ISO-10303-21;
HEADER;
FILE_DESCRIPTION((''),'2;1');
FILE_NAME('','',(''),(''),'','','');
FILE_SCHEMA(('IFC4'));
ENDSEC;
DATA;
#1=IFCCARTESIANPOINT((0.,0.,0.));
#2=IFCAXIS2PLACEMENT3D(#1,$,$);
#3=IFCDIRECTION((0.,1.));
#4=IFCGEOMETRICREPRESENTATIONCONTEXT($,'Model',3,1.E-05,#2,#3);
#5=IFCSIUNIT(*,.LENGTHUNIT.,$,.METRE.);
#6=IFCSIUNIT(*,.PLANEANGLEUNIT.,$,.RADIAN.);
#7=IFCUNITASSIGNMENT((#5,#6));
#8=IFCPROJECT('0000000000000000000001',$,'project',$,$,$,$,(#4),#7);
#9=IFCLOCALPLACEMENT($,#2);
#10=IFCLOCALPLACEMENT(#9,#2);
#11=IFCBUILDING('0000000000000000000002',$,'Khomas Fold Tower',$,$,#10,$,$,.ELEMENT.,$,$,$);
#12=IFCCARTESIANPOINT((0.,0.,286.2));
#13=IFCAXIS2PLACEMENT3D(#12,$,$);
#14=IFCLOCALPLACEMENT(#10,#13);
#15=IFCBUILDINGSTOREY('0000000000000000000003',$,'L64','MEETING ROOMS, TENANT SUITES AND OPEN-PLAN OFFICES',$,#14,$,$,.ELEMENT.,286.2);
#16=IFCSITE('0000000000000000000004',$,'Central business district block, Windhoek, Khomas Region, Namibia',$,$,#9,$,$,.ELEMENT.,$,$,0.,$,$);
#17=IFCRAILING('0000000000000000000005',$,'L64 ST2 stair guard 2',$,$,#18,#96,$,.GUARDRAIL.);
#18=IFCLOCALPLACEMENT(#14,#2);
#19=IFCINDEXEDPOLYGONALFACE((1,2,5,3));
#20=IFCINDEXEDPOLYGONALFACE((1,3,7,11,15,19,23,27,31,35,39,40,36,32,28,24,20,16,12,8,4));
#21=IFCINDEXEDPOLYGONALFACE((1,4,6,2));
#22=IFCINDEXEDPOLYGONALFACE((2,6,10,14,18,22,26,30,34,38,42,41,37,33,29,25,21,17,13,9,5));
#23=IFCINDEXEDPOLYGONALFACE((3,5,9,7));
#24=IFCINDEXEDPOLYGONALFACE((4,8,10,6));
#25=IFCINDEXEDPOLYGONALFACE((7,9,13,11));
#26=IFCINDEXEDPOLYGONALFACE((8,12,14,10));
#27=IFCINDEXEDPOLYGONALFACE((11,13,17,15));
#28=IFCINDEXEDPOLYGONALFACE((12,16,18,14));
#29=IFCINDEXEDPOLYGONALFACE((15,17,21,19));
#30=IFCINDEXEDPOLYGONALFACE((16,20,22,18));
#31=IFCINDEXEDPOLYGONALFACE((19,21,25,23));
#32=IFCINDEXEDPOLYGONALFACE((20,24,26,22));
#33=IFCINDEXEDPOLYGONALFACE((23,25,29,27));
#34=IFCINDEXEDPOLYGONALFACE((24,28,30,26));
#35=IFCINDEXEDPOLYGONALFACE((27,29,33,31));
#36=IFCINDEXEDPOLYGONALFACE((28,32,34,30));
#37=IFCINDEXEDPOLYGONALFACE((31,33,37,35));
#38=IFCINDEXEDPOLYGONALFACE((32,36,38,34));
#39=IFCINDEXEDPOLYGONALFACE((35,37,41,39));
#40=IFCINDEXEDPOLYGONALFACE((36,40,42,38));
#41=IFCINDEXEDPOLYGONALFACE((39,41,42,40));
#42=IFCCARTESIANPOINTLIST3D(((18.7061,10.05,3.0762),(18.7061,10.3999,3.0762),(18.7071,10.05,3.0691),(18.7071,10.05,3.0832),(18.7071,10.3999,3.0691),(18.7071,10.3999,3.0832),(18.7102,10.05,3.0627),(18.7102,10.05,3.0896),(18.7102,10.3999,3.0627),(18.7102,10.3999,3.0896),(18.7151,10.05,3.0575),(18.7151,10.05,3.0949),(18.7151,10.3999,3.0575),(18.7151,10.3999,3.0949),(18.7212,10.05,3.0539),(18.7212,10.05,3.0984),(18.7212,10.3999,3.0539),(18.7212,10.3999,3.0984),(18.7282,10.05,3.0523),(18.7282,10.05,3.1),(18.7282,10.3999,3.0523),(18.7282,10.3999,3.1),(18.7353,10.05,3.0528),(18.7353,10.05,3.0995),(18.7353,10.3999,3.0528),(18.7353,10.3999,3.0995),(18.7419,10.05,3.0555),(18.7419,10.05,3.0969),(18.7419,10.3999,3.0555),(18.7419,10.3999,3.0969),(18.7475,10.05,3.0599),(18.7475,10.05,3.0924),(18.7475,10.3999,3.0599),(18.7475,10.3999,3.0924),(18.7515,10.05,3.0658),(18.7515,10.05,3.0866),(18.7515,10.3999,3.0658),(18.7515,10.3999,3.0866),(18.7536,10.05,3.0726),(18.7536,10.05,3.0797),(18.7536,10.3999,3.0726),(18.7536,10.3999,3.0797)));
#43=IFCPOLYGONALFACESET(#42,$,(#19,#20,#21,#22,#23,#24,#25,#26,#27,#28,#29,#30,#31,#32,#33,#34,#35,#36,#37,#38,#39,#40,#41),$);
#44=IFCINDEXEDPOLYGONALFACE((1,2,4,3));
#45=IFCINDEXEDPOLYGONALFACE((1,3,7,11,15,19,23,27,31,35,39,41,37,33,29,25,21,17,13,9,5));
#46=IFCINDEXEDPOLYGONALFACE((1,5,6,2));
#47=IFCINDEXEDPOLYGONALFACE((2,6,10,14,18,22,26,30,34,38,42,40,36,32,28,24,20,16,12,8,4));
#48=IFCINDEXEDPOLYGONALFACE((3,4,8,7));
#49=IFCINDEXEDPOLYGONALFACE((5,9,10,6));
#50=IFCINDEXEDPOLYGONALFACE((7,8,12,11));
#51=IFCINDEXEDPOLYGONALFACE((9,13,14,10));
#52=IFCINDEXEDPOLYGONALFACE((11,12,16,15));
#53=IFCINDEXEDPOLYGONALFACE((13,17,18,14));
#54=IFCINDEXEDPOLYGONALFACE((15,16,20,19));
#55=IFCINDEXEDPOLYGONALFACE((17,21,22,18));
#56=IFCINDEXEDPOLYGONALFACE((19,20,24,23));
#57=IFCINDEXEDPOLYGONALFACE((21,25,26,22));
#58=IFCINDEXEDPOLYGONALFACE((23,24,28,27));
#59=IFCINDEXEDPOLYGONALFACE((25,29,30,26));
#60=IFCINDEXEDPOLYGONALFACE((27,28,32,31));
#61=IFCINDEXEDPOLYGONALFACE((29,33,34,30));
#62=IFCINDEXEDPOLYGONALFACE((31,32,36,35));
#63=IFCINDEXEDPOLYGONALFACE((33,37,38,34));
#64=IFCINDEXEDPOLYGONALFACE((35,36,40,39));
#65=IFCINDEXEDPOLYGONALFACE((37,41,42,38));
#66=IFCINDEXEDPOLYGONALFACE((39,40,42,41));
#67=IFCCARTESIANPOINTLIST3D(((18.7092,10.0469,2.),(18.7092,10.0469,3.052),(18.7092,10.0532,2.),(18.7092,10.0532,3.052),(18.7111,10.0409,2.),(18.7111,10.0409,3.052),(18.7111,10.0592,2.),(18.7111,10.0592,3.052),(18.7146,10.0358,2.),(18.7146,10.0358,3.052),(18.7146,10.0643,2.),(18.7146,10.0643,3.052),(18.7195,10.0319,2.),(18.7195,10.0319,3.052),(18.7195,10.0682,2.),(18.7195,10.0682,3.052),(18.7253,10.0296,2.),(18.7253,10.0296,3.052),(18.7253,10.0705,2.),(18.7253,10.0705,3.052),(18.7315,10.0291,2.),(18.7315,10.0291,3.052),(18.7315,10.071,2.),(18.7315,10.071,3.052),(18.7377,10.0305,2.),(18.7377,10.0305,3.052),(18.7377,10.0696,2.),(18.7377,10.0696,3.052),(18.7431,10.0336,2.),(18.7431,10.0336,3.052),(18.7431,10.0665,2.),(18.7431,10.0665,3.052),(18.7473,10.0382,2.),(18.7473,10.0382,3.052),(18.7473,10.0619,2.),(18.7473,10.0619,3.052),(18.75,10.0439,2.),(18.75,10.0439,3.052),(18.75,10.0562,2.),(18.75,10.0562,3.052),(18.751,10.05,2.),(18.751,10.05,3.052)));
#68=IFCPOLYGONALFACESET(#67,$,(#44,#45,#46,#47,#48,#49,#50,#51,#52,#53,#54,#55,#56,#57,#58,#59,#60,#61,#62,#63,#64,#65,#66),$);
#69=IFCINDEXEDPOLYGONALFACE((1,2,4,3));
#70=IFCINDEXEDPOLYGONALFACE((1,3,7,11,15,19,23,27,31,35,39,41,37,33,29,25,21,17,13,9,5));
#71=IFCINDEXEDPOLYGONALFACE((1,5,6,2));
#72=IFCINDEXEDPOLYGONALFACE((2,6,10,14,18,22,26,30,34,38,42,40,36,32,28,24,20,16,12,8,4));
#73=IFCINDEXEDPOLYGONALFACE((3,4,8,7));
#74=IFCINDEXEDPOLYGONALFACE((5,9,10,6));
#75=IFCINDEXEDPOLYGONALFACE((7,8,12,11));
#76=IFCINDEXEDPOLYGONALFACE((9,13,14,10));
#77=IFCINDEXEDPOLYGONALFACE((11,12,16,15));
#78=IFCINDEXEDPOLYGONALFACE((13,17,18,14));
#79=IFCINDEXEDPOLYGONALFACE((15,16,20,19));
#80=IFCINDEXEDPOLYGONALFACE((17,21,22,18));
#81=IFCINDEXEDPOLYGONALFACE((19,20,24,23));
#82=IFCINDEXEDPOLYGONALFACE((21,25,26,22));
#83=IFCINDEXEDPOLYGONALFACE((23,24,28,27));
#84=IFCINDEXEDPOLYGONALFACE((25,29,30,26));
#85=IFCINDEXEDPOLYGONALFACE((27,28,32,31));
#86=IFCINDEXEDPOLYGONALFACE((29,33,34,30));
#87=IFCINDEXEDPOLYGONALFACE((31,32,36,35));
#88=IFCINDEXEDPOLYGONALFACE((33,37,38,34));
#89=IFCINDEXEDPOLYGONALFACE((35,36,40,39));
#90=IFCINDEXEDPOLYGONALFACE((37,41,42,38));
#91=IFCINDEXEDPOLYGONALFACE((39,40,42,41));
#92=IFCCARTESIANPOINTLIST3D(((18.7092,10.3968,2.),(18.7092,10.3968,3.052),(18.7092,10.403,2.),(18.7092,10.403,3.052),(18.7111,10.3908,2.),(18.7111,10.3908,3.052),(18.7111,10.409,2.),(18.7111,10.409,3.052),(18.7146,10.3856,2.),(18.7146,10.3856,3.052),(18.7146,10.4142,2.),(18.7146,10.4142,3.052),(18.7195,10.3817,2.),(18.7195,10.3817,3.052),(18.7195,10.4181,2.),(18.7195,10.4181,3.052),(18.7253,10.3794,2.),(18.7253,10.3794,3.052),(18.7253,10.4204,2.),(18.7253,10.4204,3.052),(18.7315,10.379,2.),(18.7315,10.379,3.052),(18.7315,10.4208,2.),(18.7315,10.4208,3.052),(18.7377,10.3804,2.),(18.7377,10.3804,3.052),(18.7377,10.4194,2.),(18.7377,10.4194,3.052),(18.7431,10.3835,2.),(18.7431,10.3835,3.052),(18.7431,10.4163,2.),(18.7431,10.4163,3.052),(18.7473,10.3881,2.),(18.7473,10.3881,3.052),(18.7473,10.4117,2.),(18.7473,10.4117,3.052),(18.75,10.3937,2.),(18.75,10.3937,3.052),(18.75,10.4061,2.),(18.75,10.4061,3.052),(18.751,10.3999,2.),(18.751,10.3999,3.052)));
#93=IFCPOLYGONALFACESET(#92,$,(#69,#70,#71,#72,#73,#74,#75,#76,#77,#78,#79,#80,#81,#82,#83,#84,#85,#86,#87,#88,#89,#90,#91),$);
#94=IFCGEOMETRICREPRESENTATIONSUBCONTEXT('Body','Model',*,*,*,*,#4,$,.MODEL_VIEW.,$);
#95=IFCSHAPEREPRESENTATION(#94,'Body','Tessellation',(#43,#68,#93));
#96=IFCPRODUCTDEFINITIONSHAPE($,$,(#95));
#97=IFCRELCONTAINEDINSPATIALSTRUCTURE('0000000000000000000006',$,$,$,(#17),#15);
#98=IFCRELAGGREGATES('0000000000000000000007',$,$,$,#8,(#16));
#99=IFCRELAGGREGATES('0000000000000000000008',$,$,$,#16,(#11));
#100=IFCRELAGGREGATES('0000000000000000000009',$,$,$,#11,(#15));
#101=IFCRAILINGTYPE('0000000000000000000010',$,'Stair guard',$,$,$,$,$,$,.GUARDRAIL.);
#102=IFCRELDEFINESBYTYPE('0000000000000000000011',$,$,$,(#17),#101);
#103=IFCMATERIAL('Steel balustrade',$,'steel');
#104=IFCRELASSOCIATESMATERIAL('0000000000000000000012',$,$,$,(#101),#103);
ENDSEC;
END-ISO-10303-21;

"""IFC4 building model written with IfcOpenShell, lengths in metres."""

from ifc_helpers import new_model, si_unit, direction, frame, origin, origin_2d, place, context, subcontext, project, spatial, circle, extrude, source, transform, mapped, material, type_object, element, save


model = new_model("IFC4")

# Units and contexts
model_context = context("Model", 3, precision=1e-05, world=origin(), true_north=direction((0.0, 1.0)))
body_context = subcontext(model_context, "Body", "Model", "MODEL_VIEW")
ifc_project = project(units=[si_unit("LENGTHUNIT", "METRE"), si_unit("PLANEANGLEUNIT", "RADIAN")], contexts=[model_context])

# Site, building, storey
site_placement = place(None, origin())
site = spatial("IfcSite", under=ifc_project, at=site_placement, Name="Central business district block, Windhoek, Khomas Region, Namibia", CompositionType="ELEMENT", RefElevation=0.0)
building_placement = place(site_placement, origin())
building = spatial("IfcBuilding", under=site, at=building_placement, Name="Khomas Fold Tower", CompositionType="ELEMENT")
storey_placement = place(building_placement, frame((0.0, 0.0, 286.2)))
storey = spatial("IfcBuildingStorey", under=building, at=storey_placement, Name="L64", Description="MEETING ROOMS, TENANT SUITES AND OPEN-PLAN OFFICES", CompositionType="ELEMENT", Elevation=286.2)

# Railing
ifc_material_1 = material(Name="Steel balustrade", Category="steel")
railing_type_1 = type_object("IfcRailingType", Name="Stair guard", PredefinedType="GUARDRAIL", material=ifc_material_1)
shared_shape_1 = source(origin(), body_context, "Body", "SweptSolid", [
    extrude(circle(Radius=0.0239, at=origin_2d()), frame((0.0, 0.0, 1.0762), z_axis=(0.0, 1.0, 0.0), x_axis=(-1.0, 0.0, 0.0)), (0.0, 0.0, 1.0), 0.3499),
    extrude(circle(Radius=0.021, at=origin_2d()), origin(), (0.0, 0.0, 1.0), 1.052),
    extrude(circle(Radius=0.021, at=origin_2d()), frame((0.0, 0.3499, 0.0)), (0.0, 0.0, 1.0), 1.052),
])
railing_1_placement = place(storey_placement, frame((18.73, 10.05, 2.0)))
element("IfcRailing", 1, at=railing_1_placement, inside=storey, type_object=railing_type_1, Name="L64 ST2 stair guard 2", PredefinedType="GUARDRAIL", context=body_context, shape_type="MappedRepresentation", body=[
    mapped(shared_shape_1, transform((0.0, 0.0, 0.0))),
])

save(model, "model.ifc")
